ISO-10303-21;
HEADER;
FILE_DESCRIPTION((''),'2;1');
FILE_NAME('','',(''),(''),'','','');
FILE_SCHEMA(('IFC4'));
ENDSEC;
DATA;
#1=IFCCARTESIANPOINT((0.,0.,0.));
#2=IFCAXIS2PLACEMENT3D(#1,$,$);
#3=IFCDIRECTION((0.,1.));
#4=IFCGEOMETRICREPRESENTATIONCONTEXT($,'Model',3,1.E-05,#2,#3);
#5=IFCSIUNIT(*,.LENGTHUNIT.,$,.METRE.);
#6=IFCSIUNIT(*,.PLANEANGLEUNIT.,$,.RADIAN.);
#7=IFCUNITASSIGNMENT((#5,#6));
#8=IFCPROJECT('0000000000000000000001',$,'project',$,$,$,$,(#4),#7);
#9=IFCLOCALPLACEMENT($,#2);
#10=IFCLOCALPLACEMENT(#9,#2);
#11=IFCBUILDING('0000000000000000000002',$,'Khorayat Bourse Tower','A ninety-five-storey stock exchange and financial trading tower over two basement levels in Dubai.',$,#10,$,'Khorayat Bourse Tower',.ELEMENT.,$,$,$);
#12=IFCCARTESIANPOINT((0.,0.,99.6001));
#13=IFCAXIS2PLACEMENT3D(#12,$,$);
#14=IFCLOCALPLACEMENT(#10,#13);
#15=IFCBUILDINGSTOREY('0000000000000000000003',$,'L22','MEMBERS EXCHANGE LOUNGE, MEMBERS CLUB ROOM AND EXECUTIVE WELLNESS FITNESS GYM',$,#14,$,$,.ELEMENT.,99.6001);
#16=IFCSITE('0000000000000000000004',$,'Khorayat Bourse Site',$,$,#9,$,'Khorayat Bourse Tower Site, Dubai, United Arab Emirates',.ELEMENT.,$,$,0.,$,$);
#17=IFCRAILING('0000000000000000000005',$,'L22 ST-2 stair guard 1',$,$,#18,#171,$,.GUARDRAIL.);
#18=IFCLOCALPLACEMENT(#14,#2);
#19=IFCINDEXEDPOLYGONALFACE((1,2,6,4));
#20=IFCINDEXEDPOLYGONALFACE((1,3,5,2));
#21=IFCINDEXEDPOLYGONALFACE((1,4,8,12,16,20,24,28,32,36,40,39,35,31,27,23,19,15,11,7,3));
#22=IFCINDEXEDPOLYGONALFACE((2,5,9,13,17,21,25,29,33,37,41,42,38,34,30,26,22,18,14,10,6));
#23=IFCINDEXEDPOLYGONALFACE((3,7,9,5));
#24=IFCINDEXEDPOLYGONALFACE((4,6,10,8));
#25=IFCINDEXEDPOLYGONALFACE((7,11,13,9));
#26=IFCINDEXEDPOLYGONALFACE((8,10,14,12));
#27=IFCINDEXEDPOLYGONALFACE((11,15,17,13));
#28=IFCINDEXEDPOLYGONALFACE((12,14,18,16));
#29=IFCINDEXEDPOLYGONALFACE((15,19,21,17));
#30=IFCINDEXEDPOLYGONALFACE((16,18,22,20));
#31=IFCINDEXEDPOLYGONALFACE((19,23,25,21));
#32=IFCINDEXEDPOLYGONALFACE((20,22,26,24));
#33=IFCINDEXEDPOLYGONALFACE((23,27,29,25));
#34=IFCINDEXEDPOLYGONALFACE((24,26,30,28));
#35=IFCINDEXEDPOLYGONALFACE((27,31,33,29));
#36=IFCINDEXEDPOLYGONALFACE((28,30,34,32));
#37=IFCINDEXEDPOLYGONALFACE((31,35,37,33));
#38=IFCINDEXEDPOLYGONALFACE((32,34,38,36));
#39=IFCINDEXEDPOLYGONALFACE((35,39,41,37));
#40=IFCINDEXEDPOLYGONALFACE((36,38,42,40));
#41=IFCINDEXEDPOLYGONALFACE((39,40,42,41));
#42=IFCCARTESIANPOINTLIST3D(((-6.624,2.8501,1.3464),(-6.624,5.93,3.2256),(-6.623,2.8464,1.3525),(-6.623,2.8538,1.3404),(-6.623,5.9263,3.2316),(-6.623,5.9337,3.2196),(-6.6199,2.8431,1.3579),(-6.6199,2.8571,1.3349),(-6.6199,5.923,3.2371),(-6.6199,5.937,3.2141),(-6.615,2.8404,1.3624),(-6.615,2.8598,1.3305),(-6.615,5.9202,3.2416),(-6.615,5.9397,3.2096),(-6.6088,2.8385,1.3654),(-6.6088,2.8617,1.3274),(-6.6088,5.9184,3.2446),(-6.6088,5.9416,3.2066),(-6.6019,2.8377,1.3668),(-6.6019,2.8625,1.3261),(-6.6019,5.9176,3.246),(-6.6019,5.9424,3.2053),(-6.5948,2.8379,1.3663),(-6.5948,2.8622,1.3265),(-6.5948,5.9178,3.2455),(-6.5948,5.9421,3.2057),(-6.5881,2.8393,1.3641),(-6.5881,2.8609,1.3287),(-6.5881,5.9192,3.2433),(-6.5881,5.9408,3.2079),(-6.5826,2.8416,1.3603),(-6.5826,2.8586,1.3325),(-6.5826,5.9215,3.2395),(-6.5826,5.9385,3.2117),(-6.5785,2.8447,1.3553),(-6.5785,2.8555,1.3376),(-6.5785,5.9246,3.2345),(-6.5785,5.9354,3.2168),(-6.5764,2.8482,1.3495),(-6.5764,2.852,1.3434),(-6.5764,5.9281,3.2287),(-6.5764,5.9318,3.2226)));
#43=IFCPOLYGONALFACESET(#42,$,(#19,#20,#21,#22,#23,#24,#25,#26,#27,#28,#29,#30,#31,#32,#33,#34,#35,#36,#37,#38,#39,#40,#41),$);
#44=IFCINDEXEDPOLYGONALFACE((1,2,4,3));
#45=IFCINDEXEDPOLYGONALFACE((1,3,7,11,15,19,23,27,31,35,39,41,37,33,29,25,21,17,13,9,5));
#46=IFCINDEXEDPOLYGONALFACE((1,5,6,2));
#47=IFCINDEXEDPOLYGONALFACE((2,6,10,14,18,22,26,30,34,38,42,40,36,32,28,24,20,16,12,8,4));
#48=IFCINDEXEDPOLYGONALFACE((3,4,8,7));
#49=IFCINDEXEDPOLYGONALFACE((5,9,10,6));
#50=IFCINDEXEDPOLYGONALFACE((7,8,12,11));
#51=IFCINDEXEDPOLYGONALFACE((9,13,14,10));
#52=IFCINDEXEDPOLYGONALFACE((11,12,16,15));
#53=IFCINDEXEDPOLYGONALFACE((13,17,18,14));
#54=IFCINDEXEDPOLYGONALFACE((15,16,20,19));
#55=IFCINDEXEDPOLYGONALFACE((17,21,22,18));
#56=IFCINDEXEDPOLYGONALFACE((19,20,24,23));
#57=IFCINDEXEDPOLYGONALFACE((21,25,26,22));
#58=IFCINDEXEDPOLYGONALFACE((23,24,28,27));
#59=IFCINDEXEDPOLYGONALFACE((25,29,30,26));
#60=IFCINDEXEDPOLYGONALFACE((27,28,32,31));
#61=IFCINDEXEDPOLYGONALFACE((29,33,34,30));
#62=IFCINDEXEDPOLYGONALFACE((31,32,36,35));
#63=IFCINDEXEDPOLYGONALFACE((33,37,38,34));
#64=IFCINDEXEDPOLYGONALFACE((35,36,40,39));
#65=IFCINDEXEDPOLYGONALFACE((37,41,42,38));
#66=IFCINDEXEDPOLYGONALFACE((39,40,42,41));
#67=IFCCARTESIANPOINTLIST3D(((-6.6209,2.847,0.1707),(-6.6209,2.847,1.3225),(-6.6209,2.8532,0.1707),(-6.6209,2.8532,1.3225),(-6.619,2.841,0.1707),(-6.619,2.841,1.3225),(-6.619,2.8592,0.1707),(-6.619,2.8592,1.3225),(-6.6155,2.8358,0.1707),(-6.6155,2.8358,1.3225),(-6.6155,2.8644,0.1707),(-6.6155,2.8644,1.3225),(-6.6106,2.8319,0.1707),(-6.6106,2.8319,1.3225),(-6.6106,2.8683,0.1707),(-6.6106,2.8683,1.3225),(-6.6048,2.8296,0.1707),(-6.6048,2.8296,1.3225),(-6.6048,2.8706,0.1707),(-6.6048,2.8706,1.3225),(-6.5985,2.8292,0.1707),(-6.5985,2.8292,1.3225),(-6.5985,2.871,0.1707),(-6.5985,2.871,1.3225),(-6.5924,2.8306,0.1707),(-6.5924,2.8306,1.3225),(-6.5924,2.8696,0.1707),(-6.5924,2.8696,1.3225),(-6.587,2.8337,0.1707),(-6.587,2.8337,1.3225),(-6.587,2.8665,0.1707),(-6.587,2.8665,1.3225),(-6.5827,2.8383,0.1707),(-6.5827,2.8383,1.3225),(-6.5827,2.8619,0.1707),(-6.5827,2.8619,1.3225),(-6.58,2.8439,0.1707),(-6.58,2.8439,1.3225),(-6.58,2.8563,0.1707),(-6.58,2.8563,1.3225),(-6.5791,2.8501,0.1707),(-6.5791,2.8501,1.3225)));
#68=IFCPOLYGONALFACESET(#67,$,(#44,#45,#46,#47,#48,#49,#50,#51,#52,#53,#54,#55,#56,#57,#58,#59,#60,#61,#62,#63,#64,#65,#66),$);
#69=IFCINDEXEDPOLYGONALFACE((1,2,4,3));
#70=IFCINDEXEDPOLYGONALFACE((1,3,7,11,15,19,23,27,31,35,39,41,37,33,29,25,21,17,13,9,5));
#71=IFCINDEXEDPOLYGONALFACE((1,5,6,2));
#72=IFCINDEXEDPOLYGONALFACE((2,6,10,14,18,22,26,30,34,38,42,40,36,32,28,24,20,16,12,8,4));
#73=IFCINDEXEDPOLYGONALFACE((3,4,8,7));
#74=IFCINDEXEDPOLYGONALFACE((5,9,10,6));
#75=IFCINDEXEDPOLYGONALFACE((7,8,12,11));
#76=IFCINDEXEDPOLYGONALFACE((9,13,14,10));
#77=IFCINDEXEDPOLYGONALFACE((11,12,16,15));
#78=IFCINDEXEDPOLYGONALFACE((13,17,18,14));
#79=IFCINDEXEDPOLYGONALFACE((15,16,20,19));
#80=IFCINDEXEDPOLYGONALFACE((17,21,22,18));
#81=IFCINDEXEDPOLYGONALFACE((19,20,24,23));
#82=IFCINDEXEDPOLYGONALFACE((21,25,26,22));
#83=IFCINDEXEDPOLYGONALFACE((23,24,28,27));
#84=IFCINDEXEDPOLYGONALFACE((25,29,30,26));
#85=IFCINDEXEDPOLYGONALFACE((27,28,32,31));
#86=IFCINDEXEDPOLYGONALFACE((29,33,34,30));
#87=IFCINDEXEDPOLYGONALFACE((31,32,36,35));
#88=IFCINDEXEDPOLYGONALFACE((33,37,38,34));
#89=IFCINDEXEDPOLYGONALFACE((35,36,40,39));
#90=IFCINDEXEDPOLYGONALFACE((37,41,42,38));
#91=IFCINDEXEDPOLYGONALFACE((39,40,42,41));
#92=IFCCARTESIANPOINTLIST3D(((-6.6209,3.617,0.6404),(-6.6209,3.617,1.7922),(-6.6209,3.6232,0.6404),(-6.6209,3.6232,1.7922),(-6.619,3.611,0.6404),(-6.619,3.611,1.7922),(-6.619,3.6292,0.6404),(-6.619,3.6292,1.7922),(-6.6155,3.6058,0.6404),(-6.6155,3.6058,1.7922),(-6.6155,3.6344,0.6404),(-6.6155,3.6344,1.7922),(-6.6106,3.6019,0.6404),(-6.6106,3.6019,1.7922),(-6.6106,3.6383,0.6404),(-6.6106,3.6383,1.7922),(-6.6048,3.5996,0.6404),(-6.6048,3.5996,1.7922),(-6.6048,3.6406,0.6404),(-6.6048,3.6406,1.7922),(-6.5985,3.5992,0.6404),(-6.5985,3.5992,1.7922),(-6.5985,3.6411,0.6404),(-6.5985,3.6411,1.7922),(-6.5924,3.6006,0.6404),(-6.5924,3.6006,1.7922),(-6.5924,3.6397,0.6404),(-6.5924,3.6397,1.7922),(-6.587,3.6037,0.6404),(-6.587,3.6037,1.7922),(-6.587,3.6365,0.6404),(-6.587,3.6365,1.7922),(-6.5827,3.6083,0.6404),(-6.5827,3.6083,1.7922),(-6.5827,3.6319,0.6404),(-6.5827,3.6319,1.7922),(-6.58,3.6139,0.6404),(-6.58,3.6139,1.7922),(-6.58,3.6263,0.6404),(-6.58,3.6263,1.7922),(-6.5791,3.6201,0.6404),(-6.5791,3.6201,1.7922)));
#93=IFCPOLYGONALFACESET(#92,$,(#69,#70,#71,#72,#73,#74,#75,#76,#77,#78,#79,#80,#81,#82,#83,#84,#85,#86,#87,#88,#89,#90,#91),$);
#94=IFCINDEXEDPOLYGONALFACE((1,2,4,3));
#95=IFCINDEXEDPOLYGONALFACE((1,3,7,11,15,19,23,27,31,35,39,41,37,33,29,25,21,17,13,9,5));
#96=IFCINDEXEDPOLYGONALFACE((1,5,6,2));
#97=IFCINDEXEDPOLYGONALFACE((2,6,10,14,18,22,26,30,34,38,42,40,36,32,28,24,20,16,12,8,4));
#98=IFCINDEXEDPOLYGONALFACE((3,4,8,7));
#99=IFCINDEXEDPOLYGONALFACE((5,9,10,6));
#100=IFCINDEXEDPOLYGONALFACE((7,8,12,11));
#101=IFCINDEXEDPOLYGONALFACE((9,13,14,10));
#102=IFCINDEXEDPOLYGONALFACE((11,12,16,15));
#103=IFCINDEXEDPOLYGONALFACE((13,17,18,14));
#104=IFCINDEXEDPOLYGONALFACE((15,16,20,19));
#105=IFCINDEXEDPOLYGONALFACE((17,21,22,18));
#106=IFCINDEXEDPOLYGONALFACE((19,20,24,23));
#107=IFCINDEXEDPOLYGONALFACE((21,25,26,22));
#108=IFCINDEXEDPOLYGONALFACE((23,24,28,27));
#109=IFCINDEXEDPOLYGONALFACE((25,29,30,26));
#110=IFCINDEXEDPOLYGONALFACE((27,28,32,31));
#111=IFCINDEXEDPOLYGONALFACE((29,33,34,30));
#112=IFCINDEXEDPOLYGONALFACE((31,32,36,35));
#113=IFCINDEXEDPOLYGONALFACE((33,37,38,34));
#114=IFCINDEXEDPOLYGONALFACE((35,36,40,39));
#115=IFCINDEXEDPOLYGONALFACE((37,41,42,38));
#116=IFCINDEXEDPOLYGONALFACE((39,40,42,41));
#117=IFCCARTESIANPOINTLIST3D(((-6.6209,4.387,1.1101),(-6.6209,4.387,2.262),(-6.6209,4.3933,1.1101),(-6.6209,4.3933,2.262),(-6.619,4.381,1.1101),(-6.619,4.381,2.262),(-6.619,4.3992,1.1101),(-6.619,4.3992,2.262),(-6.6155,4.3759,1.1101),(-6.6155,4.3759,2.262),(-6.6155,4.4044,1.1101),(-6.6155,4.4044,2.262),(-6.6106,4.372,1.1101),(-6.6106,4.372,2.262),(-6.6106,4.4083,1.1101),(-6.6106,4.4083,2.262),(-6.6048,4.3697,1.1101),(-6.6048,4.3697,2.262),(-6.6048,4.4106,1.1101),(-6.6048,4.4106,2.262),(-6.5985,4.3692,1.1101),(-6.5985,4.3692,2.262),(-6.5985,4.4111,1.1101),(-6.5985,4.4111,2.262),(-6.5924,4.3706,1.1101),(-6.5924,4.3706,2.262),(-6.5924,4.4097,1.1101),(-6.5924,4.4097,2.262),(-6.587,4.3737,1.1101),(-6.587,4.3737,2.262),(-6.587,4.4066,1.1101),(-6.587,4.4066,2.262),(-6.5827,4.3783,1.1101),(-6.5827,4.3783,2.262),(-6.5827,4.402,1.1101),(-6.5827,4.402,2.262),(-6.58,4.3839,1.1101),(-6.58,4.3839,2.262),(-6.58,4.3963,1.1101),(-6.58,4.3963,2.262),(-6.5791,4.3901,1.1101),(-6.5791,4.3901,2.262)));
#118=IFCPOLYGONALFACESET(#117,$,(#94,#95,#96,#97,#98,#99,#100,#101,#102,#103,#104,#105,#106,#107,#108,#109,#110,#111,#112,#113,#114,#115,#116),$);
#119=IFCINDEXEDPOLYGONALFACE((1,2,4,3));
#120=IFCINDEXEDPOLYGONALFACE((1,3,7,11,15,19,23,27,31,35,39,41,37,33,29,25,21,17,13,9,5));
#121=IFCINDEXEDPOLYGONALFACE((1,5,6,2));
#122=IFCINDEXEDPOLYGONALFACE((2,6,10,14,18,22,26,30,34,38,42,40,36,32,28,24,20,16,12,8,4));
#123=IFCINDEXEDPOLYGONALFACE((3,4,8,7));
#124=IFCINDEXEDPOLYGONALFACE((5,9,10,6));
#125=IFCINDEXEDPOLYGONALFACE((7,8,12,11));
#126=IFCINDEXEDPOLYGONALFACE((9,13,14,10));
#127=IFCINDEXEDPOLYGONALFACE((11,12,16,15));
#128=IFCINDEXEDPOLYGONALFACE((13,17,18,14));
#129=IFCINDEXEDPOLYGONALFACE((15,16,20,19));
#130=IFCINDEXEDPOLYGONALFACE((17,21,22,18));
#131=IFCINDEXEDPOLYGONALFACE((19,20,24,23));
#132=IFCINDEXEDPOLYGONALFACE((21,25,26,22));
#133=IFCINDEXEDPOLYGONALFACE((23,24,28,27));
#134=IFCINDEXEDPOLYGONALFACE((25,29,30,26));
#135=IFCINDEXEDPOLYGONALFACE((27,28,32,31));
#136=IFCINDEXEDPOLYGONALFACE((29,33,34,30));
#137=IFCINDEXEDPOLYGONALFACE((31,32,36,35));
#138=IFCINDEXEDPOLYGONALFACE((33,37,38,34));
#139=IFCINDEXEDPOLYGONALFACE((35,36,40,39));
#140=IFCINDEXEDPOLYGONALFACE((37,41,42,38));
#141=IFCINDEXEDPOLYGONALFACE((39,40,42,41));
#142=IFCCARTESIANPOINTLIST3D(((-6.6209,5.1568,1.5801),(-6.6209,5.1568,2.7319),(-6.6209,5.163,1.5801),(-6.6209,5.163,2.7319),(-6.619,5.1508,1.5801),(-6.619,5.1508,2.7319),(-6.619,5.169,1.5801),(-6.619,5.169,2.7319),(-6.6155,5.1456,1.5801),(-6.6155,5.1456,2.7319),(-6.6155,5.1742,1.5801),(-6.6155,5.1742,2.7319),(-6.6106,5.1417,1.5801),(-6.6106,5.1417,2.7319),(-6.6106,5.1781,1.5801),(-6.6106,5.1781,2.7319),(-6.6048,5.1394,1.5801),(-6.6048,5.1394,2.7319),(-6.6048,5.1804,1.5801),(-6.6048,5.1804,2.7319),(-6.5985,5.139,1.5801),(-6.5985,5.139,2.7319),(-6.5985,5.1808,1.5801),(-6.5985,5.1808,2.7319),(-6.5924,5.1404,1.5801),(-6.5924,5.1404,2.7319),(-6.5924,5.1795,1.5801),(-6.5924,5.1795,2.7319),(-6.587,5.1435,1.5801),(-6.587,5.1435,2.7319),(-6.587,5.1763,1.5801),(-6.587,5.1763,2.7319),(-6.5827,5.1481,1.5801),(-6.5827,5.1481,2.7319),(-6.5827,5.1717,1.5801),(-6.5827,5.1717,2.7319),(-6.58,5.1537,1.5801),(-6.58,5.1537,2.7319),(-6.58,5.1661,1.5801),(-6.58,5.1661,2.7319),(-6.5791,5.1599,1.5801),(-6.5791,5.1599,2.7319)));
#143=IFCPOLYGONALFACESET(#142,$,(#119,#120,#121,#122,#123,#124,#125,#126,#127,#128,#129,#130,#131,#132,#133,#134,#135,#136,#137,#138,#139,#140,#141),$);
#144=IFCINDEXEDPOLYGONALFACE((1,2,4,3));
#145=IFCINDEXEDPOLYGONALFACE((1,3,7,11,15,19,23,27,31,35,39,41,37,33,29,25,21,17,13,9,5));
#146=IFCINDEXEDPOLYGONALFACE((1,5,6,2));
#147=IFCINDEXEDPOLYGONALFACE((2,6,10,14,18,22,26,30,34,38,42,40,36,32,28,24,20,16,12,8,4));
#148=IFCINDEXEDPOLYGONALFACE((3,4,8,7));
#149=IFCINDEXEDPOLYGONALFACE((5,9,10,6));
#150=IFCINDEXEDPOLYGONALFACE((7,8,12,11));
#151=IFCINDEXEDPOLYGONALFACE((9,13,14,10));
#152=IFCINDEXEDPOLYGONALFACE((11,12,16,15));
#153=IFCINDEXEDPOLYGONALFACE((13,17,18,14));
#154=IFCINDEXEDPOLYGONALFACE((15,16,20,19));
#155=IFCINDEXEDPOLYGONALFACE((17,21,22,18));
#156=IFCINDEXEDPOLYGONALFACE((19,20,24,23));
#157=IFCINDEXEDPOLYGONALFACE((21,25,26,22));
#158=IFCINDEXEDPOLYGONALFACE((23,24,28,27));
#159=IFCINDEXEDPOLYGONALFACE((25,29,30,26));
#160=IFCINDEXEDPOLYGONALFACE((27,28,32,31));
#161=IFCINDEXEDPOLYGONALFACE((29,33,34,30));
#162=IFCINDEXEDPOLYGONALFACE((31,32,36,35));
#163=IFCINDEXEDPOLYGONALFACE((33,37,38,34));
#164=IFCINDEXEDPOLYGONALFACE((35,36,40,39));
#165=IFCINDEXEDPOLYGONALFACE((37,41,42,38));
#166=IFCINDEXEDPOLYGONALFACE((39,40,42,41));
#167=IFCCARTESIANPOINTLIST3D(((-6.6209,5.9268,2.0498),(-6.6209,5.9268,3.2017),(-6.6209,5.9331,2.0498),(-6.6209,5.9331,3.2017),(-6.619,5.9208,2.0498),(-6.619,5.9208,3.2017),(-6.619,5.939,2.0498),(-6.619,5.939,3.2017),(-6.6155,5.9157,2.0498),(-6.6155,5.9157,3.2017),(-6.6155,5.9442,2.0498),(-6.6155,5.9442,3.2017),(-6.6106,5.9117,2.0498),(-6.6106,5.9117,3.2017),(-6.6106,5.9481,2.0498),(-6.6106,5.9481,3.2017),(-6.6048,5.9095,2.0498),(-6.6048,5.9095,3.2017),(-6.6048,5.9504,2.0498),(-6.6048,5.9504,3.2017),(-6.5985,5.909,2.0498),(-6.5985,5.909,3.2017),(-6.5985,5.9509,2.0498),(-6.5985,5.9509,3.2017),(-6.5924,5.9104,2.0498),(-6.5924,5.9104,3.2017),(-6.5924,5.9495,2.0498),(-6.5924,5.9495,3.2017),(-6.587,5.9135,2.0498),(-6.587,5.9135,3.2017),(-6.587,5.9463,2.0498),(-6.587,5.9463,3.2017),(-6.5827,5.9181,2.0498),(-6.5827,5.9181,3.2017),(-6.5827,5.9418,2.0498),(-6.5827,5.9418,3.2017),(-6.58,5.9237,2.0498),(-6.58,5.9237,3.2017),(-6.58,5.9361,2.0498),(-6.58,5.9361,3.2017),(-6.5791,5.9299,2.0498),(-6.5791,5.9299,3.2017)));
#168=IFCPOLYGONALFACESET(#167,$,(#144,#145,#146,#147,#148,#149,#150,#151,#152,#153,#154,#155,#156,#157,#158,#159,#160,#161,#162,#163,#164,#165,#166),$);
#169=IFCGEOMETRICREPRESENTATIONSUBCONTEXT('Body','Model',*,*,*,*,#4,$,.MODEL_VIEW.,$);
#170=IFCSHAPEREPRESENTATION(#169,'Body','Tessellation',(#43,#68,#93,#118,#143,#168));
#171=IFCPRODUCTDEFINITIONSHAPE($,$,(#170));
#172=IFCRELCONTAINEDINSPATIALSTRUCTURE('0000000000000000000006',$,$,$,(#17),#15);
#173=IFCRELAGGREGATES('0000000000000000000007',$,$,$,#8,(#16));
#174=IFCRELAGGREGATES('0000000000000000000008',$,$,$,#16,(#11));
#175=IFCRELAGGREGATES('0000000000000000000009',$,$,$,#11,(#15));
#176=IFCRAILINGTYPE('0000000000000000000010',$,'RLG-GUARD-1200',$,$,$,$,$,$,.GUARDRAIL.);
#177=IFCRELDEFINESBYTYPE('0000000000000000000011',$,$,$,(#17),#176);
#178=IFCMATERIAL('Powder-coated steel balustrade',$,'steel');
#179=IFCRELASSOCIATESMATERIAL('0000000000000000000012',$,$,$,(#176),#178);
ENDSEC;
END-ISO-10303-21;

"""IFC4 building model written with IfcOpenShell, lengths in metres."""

from ifc_helpers import new_model, si_unit, direction, frame, origin, origin_2d, place, context, subcontext, project, spatial, circle, extrude, source, transform, mapped, material, type_object, element, save


model = new_model("IFC4")

# Units and contexts
model_context = context("Model", 3, precision=1e-05, world=origin(), true_north=direction((0.0, 1.0)))
body_context = subcontext(model_context, "Body", "Model", "MODEL_VIEW")
ifc_project = project(units=[si_unit("LENGTHUNIT", "METRE"), si_unit("PLANEANGLEUNIT", "RADIAN")], contexts=[model_context])

# Site, building, storey
site_placement = place(None, origin())
site = spatial("IfcSite", under=ifc_project, at=site_placement, Name="Khorayat Bourse Site", LongName="Khorayat Bourse Tower Site, Dubai, United Arab Emirates", CompositionType="ELEMENT", RefElevation=0.0)
building_placement = place(site_placement, origin())
building = spatial("IfcBuilding", under=site, at=building_placement, Name="Khorayat Bourse Tower", Description="A ninety-five-storey stock exchange and financial trading tower over two basement levels in Dubai.", LongName="Khorayat Bourse Tower", CompositionType="ELEMENT")
storey_placement = place(building_placement, frame((0.0, 0.0, 99.6001)))
storey = spatial("IfcBuildingStorey", under=building, at=storey_placement, Name="L22", Description="MEMBERS EXCHANGE LOUNGE, MEMBERS CLUB ROOM AND EXECUTIVE WELLNESS FITNESS GYM", CompositionType="ELEMENT", Elevation=99.6001)

# Railing
ifc_material_1 = material(Name="Powder-coated steel balustrade", Category="steel")
railing_type_1 = type_object("IfcRailingType", Name="RLG-GUARD-1200", PredefinedType="GUARDRAIL", material=ifc_material_1)
shared_shape_1 = source(origin(), body_context, "Body", "SweptSolid", [
    extrude(circle(Radius=0.0239, at=origin_2d()), frame((0.0, 0.0, 1.1758), z_axis=(0.0, 0.853648, 0.52085), x_axis=(-1.0, 0.0, 0.0)), (0.0, 0.0, 1.0), 3.6079),
    extrude(circle(Radius=0.021, at=origin_2d()), origin(), (0.0, 0.0, 1.0), 1.1519),
    extrude(circle(Radius=0.021, at=origin_2d()), frame((0.0, 0.77, 0.4697)), (0.0, 0.0, 1.0), 1.1519),
    extrude(circle(Radius=0.021, at=origin_2d()), frame((0.0, 1.54, 0.9395)), (0.0, 0.0, 1.0), 1.1519),
    extrude(circle(Radius=0.021, at=origin_2d()), frame((0.0, 2.3098, 1.4094)), (0.0, 0.0, 1.0), 1.1519),
    extrude(circle(Radius=0.021, at=origin_2d()), frame((0.0, 3.0798, 1.8792)), (0.0, 0.0, 1.0), 1.1519),
])
railing_1_placement = place(storey_placement, frame((-6.6001, 2.8501, 0.1707)))
element("IfcRailing", 1, at=railing_1_placement, inside=storey, type_object=railing_type_1, Name="L22 ST-2 stair guard 1", PredefinedType="GUARDRAIL", context=body_context, shape_type="MappedRepresentation", body=[
    mapped(shared_shape_1, transform((0.0, 0.0, 0.0), scale=1.0)),
])

save(model, "model.ifc")
